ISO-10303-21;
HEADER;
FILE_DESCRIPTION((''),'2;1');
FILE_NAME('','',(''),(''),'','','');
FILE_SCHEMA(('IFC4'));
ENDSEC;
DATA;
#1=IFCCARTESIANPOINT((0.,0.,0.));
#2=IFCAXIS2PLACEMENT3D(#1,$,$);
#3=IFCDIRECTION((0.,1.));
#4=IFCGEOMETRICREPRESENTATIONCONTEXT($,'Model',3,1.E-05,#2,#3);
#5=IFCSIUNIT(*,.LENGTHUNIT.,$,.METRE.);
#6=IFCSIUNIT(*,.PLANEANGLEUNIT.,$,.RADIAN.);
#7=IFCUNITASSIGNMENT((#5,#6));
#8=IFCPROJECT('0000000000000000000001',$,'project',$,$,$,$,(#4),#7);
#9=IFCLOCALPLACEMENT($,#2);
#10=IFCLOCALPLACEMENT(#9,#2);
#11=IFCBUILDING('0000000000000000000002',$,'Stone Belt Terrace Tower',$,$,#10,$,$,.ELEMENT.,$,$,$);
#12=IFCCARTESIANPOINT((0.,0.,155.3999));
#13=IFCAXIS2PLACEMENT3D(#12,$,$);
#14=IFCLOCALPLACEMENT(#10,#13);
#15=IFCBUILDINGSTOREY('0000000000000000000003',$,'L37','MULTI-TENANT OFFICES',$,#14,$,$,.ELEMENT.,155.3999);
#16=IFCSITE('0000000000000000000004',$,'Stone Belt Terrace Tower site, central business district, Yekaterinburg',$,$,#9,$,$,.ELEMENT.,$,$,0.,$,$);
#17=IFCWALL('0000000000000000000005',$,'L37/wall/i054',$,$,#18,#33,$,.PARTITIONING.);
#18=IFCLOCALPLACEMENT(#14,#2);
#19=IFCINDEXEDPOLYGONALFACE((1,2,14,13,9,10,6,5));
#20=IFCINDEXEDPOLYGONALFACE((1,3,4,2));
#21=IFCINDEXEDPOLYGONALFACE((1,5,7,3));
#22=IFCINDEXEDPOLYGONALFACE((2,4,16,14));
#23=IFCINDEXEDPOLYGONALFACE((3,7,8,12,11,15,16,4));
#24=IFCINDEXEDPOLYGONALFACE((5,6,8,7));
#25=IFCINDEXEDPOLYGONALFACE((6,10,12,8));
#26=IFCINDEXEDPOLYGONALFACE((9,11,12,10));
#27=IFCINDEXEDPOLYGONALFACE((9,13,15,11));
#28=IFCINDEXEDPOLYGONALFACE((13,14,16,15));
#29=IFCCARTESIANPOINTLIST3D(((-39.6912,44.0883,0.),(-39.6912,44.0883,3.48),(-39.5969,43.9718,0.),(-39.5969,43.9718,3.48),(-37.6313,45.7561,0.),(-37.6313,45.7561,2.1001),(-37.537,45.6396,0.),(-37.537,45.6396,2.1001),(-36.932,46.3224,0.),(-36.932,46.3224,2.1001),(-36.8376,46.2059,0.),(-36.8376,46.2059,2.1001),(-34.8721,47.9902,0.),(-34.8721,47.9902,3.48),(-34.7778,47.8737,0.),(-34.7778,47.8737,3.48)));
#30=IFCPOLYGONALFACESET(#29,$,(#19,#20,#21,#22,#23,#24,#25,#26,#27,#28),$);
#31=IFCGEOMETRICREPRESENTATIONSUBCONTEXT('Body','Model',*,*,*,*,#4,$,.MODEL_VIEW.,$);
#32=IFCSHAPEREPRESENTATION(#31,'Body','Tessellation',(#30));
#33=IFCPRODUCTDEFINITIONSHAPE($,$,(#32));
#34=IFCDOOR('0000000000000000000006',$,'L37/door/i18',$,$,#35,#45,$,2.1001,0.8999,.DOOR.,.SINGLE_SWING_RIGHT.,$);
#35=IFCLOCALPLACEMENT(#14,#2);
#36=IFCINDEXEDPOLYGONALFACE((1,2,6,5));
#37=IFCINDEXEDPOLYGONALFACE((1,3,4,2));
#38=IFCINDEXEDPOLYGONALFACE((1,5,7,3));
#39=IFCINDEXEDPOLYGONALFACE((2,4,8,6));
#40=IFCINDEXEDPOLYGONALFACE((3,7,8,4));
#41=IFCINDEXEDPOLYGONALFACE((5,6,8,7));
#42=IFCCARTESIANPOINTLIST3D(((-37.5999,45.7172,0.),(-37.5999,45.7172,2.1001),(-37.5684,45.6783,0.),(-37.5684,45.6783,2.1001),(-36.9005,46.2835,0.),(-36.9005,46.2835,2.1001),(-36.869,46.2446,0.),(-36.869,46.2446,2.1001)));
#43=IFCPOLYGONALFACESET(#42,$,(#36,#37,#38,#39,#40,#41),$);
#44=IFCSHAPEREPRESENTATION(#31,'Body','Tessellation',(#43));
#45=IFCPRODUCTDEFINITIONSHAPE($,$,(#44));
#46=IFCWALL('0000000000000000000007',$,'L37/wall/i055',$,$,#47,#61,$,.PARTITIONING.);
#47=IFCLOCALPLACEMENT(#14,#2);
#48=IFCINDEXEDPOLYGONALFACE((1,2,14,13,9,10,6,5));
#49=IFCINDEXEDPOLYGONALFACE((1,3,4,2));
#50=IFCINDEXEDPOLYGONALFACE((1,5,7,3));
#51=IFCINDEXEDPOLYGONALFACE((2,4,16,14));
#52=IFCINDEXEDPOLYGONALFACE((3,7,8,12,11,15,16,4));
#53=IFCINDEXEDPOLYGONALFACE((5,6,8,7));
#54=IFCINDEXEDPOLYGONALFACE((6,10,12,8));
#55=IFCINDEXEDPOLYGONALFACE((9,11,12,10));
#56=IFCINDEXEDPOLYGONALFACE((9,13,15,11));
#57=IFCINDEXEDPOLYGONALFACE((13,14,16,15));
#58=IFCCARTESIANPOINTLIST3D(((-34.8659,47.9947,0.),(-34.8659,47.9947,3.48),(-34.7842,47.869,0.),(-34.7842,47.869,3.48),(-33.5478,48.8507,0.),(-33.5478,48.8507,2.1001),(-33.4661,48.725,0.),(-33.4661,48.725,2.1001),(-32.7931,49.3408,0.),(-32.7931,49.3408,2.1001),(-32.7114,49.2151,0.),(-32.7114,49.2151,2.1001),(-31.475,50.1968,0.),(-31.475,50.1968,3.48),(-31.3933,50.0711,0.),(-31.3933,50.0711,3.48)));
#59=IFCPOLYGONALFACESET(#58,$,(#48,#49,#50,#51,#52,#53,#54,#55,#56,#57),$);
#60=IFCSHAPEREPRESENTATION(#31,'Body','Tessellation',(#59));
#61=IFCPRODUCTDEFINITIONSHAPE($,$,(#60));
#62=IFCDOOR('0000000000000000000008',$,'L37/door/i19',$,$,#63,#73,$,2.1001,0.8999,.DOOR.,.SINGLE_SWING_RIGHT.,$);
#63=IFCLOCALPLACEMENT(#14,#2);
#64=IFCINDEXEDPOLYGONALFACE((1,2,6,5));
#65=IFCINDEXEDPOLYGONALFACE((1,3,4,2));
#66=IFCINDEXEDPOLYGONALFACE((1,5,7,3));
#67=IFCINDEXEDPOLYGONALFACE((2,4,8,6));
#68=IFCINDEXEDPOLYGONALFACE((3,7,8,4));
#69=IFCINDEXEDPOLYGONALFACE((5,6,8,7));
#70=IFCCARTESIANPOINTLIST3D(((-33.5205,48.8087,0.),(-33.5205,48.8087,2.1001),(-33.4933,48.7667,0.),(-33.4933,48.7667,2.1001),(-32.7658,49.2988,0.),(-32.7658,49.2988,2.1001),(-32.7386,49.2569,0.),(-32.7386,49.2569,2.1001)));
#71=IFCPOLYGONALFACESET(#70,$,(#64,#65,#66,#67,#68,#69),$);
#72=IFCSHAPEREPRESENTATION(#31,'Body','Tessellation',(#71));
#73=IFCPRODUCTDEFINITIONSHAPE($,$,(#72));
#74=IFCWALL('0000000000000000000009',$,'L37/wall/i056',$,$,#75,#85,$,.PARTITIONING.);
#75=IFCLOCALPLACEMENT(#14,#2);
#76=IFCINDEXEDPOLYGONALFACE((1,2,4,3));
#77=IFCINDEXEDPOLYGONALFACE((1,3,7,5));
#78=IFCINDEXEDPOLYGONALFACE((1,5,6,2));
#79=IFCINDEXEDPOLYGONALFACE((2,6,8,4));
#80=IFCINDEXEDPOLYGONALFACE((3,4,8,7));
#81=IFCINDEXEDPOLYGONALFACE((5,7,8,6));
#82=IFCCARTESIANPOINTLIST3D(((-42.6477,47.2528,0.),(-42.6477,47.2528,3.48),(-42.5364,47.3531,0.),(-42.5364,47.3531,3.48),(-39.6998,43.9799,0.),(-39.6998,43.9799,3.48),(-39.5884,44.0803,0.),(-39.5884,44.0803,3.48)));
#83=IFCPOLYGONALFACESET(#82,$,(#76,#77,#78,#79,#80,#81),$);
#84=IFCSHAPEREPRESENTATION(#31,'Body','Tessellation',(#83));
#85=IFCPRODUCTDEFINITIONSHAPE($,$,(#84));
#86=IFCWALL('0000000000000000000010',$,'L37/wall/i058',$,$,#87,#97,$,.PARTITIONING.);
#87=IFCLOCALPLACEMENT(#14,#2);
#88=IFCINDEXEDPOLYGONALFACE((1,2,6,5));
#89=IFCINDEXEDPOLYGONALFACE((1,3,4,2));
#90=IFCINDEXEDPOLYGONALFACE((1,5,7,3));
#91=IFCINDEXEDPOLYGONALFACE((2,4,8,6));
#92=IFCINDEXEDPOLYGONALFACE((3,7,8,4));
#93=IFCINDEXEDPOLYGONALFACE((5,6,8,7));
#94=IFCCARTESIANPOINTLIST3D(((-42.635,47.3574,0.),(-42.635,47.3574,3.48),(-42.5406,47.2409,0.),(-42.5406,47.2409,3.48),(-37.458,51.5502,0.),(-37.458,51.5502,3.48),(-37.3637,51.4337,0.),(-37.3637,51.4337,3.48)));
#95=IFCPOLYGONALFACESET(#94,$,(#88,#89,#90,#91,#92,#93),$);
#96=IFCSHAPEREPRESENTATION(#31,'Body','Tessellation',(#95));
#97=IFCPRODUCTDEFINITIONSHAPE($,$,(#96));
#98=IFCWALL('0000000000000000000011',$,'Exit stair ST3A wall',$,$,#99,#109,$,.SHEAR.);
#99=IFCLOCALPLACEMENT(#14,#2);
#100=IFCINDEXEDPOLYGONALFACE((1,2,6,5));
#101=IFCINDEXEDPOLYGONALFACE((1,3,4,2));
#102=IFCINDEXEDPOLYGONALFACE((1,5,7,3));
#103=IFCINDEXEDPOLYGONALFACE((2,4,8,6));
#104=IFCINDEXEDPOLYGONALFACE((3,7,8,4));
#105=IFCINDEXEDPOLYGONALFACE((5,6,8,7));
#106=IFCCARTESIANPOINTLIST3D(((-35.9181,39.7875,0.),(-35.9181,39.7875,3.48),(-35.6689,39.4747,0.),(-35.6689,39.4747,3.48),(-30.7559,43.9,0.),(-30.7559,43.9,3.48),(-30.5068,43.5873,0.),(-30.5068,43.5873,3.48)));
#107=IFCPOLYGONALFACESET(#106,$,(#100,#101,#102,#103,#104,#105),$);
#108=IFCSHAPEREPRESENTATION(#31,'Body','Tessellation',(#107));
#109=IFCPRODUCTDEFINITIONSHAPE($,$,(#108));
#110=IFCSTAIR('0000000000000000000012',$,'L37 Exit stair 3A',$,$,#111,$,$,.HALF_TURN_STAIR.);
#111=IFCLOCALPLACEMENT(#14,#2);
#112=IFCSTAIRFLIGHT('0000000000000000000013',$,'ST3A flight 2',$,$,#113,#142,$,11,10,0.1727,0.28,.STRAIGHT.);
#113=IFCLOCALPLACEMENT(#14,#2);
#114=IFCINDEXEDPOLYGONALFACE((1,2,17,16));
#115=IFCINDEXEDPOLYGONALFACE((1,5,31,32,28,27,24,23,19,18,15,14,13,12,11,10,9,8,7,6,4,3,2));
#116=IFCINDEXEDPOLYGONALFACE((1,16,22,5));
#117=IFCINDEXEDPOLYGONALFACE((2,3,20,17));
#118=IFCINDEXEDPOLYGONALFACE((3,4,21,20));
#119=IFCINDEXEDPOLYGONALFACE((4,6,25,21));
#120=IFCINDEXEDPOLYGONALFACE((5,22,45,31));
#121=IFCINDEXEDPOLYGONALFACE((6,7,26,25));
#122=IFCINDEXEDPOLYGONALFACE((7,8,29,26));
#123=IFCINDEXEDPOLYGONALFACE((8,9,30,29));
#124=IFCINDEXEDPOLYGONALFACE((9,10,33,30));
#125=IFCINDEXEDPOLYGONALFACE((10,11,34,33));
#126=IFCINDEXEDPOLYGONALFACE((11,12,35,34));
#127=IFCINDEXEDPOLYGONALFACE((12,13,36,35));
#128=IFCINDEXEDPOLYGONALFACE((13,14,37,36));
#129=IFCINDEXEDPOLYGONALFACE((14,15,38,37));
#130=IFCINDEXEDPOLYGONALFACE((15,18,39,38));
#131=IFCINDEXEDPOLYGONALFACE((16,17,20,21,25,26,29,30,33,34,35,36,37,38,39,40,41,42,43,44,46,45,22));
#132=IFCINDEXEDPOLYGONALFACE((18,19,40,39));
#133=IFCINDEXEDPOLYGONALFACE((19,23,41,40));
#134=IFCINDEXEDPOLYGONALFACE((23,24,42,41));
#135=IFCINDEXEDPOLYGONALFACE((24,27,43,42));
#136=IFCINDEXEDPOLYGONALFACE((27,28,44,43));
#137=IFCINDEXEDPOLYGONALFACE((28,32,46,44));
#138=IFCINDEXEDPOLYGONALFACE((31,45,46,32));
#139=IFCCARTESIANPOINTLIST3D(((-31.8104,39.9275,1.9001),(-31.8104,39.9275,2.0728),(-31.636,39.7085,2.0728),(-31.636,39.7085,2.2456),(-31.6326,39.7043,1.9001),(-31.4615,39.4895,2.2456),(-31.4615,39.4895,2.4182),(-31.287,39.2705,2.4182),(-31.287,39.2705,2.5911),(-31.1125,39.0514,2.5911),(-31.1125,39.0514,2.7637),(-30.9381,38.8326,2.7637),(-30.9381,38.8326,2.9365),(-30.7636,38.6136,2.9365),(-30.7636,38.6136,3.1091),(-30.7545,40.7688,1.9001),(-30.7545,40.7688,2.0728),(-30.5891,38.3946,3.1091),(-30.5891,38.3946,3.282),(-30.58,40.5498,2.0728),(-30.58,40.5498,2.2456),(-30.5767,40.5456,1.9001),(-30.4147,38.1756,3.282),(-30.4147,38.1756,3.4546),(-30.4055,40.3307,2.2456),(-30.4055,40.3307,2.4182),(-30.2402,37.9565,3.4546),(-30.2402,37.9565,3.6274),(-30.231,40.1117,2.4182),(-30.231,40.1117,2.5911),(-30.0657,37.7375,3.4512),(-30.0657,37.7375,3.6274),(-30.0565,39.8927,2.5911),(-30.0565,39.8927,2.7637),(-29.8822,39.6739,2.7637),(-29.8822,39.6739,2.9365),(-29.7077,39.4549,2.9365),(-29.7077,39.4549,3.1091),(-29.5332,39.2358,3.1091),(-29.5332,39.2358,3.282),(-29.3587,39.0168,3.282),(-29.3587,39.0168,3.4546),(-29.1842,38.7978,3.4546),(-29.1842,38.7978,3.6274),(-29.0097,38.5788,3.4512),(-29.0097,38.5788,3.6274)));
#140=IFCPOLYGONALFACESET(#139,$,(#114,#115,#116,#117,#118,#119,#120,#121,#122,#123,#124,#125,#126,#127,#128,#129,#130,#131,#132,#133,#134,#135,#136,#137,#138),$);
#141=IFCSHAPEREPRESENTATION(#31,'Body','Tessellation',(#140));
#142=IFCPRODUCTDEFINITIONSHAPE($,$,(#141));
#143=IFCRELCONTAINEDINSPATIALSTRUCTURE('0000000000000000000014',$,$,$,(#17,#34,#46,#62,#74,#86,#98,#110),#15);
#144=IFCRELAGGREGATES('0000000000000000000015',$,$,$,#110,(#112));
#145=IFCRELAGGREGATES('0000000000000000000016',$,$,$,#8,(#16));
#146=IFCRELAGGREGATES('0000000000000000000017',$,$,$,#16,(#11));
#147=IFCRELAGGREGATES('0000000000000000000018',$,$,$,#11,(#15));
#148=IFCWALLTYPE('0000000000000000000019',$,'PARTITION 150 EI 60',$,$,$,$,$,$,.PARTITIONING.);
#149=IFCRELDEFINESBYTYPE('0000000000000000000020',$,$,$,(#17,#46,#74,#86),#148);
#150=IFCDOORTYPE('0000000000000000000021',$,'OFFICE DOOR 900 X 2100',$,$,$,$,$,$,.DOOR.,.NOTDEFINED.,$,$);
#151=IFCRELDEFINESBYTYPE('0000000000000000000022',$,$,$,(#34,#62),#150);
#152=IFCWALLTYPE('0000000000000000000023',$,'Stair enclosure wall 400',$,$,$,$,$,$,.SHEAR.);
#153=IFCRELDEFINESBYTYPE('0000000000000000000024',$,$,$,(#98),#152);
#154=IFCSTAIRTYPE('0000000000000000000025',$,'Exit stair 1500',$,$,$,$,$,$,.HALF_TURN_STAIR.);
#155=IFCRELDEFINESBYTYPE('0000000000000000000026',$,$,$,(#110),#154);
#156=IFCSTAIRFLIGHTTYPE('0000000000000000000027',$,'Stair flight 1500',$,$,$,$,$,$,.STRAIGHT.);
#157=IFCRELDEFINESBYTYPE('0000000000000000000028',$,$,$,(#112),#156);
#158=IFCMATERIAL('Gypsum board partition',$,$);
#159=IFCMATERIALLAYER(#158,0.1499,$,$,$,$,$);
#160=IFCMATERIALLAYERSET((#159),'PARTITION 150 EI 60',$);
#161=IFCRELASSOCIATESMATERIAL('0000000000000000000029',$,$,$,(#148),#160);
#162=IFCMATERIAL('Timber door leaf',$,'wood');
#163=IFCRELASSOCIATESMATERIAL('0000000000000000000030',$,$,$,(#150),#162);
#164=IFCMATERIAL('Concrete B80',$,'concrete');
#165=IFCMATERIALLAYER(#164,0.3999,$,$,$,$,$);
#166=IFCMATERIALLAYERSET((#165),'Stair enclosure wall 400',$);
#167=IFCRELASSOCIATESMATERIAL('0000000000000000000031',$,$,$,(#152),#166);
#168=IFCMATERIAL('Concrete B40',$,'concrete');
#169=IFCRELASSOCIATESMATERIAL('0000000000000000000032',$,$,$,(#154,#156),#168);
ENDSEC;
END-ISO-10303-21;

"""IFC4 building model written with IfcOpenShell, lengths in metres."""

from ifc_helpers import new_model, si_unit, direction, frame, frame_2d, origin, place, context, subcontext, project, spatial, polyline, rectangle, outline, extrude, material, layer, layer_set, type_object, element, fill, aggregate, save


model = new_model("IFC4")

# Units and contexts
model_context = context("Model", 3, precision=1e-05, world=origin(), true_north=direction((0.0, 1.0)))
body_context = subcontext(model_context, "Body", "Model", "MODEL_VIEW")
ifc_project = project(units=[si_unit("LENGTHUNIT", "METRE"), si_unit("PLANEANGLEUNIT", "RADIAN")], contexts=[model_context])

# Site, building, storey
site_placement = place(None, origin())
site = spatial("IfcSite", under=ifc_project, at=site_placement, Name="Stone Belt Terrace Tower site, central business district, Yekaterinburg", CompositionType="ELEMENT", RefElevation=0.0)
building_placement = place(site_placement, origin())
building = spatial("IfcBuilding", under=site, at=building_placement, Name="Stone Belt Terrace Tower", CompositionType="ELEMENT")
storey_placement = place(building_placement, frame((0.0, 0.0, 155.3999)))
storey = spatial("IfcBuildingStorey", under=building, at=storey_placement, Name="L37", Description="MULTI-TENANT OFFICES", CompositionType="ELEMENT", Elevation=155.3999)

# Shared definitions
ifc_material_1 = material(Name="Concrete B80", Category="concrete")

# Shared definitions
ifc_material_2 = material(Name="Gypsum board partition")
ifc_layer_1 = layer(ifc_material_2, 0.1499)
ifc_layer_set_1 = layer_set([ifc_layer_1], Name="PARTITION 150 EI 60")
wall_type_1 = type_object("IfcWallType", Name="PARTITION 150 EI 60", PredefinedType="PARTITIONING", material=ifc_layer_set_1)

# Shared definitions
ifc_material_3 = material(Name="Timber door leaf", Category="wood")
door_type_1 = type_object("IfcDoorType", Name="OFFICE DOOR 900 X 2100", OperationType="NOTDEFINED", PredefinedType="DOOR", material=ifc_material_3)

# Walls, openings, doors
wall_1_placement = place(storey_placement, frame((-39.644, 44.03, 0.0), z_axis=(0.0, 0.0, 1.0), x_axis=(0.777191, 0.629265, 0.0)))
wall_1 = element("IfcWall", 1, at=wall_1_placement, inside=storey, type_object=wall_type_1, Name="L37/wall/i054", PredefinedType="PARTITIONING", context=body_context, shape_type="SweptSolid", body=[
    extrude(rectangle(XDim=6.2007, YDim=0.1499, at=frame_2d((3.1003, 0.0))), origin(), (0.0, 0.0, 1.0), 3.48),
])
opening_1_placement = place(wall_1_placement, frame((2.6504, 0.0, 0.0)))
opening_1 = element("IfcOpeningElement", 2, at=opening_1_placement, cuts=wall_1, PredefinedType="OPENING", context=body_context, shape_type="SweptSolid", body=[
    extrude(rectangle(XDim=0.8999, YDim=2.1001, at=frame_2d((0.45, 1.05))), frame((0.0, 0.085, 0.0), z_axis=(0.0, -1.0, 0.0), x_axis=(1.0, 0.0, 0.0)), (0.0, 0.0, 1.0), 0.1699),
])
door_1_placement = place(opening_1_placement, origin())
door_1 = element("IfcDoor", 3, at=door_1_placement, inside=storey, type_object=door_type_1, Name="L37/door/i18", OperationType="SINGLE_SWING_RIGHT", OverallHeight=2.1001, OverallWidth=0.8999, PredefinedType="DOOR", context=body_context, shape_type="SweptSolid", body=[
    extrude(rectangle(XDim=0.8999, YDim=2.1001, at=frame_2d((0.45, 1.05))), frame((0.0, 0.0249, 0.0), z_axis=(0.0, -1.0, 0.0), x_axis=(1.0, 0.0, 0.0)), (0.0, 0.0, 1.0), 0.05),
])
fill(opening_1, door_1)
wall_2_placement = place(storey_placement, frame((-34.825, 47.9319, 0.0), z_axis=(0.0, 0.0, 1.0), x_axis=(0.83866, 0.544655, 0.0)))
wall_2 = element("IfcWall", 4, at=wall_2_placement, inside=storey, type_object=wall_type_1, Name="L37/wall/i055", PredefinedType="PARTITIONING", context=body_context, shape_type="SweptSolid", body=[
    extrude(rectangle(XDim=4.0432, YDim=0.1499, at=frame_2d((2.0215, 0.0))), origin(), (0.0, 0.0, 1.0), 3.48),
])
opening_2_placement = place(wall_2_placement, frame((1.5715, 0.0, 0.0)))
opening_2 = element("IfcOpeningElement", 5, at=opening_2_placement, cuts=wall_2, PredefinedType="OPENING", context=body_context, shape_type="SweptSolid", body=[
    extrude(rectangle(XDim=0.8999, YDim=2.1001, at=frame_2d((0.45, 1.05))), frame((0.0, 0.085, 0.0), z_axis=(0.0, -1.0, 0.0), x_axis=(1.0, 0.0, 0.0)), (0.0, 0.0, 1.0), 0.1699),
])
door_2_placement = place(opening_2_placement, origin())
door_2 = element("IfcDoor", 6, at=door_2_placement, inside=storey, type_object=door_type_1, Name="L37/door/i19", OperationType="SINGLE_SWING_RIGHT", OverallHeight=2.1001, OverallWidth=0.8999, PredefinedType="DOOR", context=body_context, shape_type="SweptSolid", body=[
    extrude(rectangle(XDim=0.8999, YDim=2.1001, at=frame_2d((0.45, 1.05))), frame((0.0, 0.0249, 0.0), z_axis=(0.0, -1.0, 0.0), x_axis=(1.0, 0.0, 0.0)), (0.0, 0.0, 1.0), 0.05),
])
fill(opening_2, door_2)

# Walls
wall_3_placement = place(storey_placement, frame((-42.592, 47.303, 0.0), z_axis=(0.0, 0.0, 1.0), x_axis=(0.669259, -0.74303, 0.0)))
element("IfcWall", 7, at=wall_3_placement, inside=storey, type_object=wall_type_1, Name="L37/wall/i056", PredefinedType="PARTITIONING", context=body_context, shape_type="SweptSolid", body=[
    extrude(rectangle(XDim=4.4048, YDim=0.1499, at=frame_2d((2.2024, 0.0))), origin(), (0.0, 0.0, 1.0), 3.48),
])
wall_4_placement = place(storey_placement, frame((-42.5879, 47.2991, 0.0), z_axis=(0.0, 0.0, 1.0), x_axis=(0.777101, 0.629376, 0.0)))
element("IfcWall", 8, at=wall_4_placement, inside=storey, type_object=wall_type_1, Name="L37/wall/i058", PredefinedType="PARTITIONING", context=body_context, shape_type="SweptSolid", body=[
    extrude(rectangle(XDim=6.6619, YDim=0.1499, at=frame_2d((3.3311, 0.0))), origin(), (0.0, 0.0, 1.0), 3.48),
])
ifc_layer_2 = layer(ifc_material_1, 0.3999)
ifc_layer_set_2 = layer_set([ifc_layer_2], Name="Stair enclosure wall 400")
wall_type_2 = type_object("IfcWallType", Name="Stair enclosure wall 400", PredefinedType="SHEAR", material=ifc_layer_set_2)
wall_5_placement = place(storey_placement, frame((-30.6313, 43.7437, 0.0), z_axis=(0.0, 0.0, 1.0), x_axis=(-0.782134, -0.62311, 0.0)))
element("IfcWall", 9, at=wall_5_placement, inside=storey, type_object=wall_type_2, Name="Exit stair ST3A wall", PredefinedType="SHEAR", context=body_context, shape_type="SweptSolid", body=[
    extrude(rectangle(XDim=6.6001, YDim=0.3999, at=frame_2d((3.3, 0.0))), origin(), (0.0, 0.0, 1.0), 3.48),
])

# Stair, stair flight
ifc_material_4 = material(Name="Concrete B40", Category="concrete")
stair_type = type_object("IfcStairType", Name="Exit stair 1500", PredefinedType="HALF_TURN_STAIR", material=ifc_material_4)
stair_placement = place(storey_placement, origin())
stair = element("IfcStair", 10, at=stair_placement, inside=storey, type_object=stair_type, Name="L37 Exit stair 3A", PredefinedType="HALF_TURN_STAIR")
stair_flight_type = type_object("IfcStairFlightType", Name="Stair flight 1500", PredefinedType="STRAIGHT", material=ifc_material_4)
stair_flight_placement = place(storey_placement, frame((-31.2825, 40.3481, 1.9001), z_axis=(0.0, 0.0, 1.0), x_axis=(0.623121, -0.782125, 0.0)))
stair_flight = element("IfcStairFlight", 11, at=stair_flight_placement, type_object=stair_flight_type, Name="ST3A flight 2", NumberOfRisers=11, NumberOfTreads=10, PredefinedType="STRAIGHT", RiserHeight=0.1727, TreadLength=0.28, context=body_context, shape_type="SweptSolid", body=[
    extrude(outline(polyline([(0.0, 0.0), (0.0, 0.1726), (0.28, 0.1726), (0.28, 0.3455), (0.5601, 0.3455), (0.5601, 0.5181), (0.8401, 0.5181), (0.8401, 0.6909), (1.1201, 0.6909), (1.1201, 0.8635), (1.3999, 0.8635), (1.3999, 1.0364), (1.6799, 1.0364), (1.6799, 1.209), (1.96, 1.209), (1.96, 1.3818), (2.24, 1.3818), (2.24, 1.5544), (2.52, 1.5544), (2.52, 1.7273), (2.8, 1.7273), (2.8, 1.8999), (2.8, 1.551), (0.2854, 0.0), (0.0, 0.0)])), frame((0.0, 0.675, 0.0), z_axis=(0.0, -1.0, 0.0), x_axis=(1.0, 0.0, 0.0)), (0.0, 0.0, 1.0), 1.3501),
])
aggregate(stair, [stair_flight])

save(model, "model.ifc")
